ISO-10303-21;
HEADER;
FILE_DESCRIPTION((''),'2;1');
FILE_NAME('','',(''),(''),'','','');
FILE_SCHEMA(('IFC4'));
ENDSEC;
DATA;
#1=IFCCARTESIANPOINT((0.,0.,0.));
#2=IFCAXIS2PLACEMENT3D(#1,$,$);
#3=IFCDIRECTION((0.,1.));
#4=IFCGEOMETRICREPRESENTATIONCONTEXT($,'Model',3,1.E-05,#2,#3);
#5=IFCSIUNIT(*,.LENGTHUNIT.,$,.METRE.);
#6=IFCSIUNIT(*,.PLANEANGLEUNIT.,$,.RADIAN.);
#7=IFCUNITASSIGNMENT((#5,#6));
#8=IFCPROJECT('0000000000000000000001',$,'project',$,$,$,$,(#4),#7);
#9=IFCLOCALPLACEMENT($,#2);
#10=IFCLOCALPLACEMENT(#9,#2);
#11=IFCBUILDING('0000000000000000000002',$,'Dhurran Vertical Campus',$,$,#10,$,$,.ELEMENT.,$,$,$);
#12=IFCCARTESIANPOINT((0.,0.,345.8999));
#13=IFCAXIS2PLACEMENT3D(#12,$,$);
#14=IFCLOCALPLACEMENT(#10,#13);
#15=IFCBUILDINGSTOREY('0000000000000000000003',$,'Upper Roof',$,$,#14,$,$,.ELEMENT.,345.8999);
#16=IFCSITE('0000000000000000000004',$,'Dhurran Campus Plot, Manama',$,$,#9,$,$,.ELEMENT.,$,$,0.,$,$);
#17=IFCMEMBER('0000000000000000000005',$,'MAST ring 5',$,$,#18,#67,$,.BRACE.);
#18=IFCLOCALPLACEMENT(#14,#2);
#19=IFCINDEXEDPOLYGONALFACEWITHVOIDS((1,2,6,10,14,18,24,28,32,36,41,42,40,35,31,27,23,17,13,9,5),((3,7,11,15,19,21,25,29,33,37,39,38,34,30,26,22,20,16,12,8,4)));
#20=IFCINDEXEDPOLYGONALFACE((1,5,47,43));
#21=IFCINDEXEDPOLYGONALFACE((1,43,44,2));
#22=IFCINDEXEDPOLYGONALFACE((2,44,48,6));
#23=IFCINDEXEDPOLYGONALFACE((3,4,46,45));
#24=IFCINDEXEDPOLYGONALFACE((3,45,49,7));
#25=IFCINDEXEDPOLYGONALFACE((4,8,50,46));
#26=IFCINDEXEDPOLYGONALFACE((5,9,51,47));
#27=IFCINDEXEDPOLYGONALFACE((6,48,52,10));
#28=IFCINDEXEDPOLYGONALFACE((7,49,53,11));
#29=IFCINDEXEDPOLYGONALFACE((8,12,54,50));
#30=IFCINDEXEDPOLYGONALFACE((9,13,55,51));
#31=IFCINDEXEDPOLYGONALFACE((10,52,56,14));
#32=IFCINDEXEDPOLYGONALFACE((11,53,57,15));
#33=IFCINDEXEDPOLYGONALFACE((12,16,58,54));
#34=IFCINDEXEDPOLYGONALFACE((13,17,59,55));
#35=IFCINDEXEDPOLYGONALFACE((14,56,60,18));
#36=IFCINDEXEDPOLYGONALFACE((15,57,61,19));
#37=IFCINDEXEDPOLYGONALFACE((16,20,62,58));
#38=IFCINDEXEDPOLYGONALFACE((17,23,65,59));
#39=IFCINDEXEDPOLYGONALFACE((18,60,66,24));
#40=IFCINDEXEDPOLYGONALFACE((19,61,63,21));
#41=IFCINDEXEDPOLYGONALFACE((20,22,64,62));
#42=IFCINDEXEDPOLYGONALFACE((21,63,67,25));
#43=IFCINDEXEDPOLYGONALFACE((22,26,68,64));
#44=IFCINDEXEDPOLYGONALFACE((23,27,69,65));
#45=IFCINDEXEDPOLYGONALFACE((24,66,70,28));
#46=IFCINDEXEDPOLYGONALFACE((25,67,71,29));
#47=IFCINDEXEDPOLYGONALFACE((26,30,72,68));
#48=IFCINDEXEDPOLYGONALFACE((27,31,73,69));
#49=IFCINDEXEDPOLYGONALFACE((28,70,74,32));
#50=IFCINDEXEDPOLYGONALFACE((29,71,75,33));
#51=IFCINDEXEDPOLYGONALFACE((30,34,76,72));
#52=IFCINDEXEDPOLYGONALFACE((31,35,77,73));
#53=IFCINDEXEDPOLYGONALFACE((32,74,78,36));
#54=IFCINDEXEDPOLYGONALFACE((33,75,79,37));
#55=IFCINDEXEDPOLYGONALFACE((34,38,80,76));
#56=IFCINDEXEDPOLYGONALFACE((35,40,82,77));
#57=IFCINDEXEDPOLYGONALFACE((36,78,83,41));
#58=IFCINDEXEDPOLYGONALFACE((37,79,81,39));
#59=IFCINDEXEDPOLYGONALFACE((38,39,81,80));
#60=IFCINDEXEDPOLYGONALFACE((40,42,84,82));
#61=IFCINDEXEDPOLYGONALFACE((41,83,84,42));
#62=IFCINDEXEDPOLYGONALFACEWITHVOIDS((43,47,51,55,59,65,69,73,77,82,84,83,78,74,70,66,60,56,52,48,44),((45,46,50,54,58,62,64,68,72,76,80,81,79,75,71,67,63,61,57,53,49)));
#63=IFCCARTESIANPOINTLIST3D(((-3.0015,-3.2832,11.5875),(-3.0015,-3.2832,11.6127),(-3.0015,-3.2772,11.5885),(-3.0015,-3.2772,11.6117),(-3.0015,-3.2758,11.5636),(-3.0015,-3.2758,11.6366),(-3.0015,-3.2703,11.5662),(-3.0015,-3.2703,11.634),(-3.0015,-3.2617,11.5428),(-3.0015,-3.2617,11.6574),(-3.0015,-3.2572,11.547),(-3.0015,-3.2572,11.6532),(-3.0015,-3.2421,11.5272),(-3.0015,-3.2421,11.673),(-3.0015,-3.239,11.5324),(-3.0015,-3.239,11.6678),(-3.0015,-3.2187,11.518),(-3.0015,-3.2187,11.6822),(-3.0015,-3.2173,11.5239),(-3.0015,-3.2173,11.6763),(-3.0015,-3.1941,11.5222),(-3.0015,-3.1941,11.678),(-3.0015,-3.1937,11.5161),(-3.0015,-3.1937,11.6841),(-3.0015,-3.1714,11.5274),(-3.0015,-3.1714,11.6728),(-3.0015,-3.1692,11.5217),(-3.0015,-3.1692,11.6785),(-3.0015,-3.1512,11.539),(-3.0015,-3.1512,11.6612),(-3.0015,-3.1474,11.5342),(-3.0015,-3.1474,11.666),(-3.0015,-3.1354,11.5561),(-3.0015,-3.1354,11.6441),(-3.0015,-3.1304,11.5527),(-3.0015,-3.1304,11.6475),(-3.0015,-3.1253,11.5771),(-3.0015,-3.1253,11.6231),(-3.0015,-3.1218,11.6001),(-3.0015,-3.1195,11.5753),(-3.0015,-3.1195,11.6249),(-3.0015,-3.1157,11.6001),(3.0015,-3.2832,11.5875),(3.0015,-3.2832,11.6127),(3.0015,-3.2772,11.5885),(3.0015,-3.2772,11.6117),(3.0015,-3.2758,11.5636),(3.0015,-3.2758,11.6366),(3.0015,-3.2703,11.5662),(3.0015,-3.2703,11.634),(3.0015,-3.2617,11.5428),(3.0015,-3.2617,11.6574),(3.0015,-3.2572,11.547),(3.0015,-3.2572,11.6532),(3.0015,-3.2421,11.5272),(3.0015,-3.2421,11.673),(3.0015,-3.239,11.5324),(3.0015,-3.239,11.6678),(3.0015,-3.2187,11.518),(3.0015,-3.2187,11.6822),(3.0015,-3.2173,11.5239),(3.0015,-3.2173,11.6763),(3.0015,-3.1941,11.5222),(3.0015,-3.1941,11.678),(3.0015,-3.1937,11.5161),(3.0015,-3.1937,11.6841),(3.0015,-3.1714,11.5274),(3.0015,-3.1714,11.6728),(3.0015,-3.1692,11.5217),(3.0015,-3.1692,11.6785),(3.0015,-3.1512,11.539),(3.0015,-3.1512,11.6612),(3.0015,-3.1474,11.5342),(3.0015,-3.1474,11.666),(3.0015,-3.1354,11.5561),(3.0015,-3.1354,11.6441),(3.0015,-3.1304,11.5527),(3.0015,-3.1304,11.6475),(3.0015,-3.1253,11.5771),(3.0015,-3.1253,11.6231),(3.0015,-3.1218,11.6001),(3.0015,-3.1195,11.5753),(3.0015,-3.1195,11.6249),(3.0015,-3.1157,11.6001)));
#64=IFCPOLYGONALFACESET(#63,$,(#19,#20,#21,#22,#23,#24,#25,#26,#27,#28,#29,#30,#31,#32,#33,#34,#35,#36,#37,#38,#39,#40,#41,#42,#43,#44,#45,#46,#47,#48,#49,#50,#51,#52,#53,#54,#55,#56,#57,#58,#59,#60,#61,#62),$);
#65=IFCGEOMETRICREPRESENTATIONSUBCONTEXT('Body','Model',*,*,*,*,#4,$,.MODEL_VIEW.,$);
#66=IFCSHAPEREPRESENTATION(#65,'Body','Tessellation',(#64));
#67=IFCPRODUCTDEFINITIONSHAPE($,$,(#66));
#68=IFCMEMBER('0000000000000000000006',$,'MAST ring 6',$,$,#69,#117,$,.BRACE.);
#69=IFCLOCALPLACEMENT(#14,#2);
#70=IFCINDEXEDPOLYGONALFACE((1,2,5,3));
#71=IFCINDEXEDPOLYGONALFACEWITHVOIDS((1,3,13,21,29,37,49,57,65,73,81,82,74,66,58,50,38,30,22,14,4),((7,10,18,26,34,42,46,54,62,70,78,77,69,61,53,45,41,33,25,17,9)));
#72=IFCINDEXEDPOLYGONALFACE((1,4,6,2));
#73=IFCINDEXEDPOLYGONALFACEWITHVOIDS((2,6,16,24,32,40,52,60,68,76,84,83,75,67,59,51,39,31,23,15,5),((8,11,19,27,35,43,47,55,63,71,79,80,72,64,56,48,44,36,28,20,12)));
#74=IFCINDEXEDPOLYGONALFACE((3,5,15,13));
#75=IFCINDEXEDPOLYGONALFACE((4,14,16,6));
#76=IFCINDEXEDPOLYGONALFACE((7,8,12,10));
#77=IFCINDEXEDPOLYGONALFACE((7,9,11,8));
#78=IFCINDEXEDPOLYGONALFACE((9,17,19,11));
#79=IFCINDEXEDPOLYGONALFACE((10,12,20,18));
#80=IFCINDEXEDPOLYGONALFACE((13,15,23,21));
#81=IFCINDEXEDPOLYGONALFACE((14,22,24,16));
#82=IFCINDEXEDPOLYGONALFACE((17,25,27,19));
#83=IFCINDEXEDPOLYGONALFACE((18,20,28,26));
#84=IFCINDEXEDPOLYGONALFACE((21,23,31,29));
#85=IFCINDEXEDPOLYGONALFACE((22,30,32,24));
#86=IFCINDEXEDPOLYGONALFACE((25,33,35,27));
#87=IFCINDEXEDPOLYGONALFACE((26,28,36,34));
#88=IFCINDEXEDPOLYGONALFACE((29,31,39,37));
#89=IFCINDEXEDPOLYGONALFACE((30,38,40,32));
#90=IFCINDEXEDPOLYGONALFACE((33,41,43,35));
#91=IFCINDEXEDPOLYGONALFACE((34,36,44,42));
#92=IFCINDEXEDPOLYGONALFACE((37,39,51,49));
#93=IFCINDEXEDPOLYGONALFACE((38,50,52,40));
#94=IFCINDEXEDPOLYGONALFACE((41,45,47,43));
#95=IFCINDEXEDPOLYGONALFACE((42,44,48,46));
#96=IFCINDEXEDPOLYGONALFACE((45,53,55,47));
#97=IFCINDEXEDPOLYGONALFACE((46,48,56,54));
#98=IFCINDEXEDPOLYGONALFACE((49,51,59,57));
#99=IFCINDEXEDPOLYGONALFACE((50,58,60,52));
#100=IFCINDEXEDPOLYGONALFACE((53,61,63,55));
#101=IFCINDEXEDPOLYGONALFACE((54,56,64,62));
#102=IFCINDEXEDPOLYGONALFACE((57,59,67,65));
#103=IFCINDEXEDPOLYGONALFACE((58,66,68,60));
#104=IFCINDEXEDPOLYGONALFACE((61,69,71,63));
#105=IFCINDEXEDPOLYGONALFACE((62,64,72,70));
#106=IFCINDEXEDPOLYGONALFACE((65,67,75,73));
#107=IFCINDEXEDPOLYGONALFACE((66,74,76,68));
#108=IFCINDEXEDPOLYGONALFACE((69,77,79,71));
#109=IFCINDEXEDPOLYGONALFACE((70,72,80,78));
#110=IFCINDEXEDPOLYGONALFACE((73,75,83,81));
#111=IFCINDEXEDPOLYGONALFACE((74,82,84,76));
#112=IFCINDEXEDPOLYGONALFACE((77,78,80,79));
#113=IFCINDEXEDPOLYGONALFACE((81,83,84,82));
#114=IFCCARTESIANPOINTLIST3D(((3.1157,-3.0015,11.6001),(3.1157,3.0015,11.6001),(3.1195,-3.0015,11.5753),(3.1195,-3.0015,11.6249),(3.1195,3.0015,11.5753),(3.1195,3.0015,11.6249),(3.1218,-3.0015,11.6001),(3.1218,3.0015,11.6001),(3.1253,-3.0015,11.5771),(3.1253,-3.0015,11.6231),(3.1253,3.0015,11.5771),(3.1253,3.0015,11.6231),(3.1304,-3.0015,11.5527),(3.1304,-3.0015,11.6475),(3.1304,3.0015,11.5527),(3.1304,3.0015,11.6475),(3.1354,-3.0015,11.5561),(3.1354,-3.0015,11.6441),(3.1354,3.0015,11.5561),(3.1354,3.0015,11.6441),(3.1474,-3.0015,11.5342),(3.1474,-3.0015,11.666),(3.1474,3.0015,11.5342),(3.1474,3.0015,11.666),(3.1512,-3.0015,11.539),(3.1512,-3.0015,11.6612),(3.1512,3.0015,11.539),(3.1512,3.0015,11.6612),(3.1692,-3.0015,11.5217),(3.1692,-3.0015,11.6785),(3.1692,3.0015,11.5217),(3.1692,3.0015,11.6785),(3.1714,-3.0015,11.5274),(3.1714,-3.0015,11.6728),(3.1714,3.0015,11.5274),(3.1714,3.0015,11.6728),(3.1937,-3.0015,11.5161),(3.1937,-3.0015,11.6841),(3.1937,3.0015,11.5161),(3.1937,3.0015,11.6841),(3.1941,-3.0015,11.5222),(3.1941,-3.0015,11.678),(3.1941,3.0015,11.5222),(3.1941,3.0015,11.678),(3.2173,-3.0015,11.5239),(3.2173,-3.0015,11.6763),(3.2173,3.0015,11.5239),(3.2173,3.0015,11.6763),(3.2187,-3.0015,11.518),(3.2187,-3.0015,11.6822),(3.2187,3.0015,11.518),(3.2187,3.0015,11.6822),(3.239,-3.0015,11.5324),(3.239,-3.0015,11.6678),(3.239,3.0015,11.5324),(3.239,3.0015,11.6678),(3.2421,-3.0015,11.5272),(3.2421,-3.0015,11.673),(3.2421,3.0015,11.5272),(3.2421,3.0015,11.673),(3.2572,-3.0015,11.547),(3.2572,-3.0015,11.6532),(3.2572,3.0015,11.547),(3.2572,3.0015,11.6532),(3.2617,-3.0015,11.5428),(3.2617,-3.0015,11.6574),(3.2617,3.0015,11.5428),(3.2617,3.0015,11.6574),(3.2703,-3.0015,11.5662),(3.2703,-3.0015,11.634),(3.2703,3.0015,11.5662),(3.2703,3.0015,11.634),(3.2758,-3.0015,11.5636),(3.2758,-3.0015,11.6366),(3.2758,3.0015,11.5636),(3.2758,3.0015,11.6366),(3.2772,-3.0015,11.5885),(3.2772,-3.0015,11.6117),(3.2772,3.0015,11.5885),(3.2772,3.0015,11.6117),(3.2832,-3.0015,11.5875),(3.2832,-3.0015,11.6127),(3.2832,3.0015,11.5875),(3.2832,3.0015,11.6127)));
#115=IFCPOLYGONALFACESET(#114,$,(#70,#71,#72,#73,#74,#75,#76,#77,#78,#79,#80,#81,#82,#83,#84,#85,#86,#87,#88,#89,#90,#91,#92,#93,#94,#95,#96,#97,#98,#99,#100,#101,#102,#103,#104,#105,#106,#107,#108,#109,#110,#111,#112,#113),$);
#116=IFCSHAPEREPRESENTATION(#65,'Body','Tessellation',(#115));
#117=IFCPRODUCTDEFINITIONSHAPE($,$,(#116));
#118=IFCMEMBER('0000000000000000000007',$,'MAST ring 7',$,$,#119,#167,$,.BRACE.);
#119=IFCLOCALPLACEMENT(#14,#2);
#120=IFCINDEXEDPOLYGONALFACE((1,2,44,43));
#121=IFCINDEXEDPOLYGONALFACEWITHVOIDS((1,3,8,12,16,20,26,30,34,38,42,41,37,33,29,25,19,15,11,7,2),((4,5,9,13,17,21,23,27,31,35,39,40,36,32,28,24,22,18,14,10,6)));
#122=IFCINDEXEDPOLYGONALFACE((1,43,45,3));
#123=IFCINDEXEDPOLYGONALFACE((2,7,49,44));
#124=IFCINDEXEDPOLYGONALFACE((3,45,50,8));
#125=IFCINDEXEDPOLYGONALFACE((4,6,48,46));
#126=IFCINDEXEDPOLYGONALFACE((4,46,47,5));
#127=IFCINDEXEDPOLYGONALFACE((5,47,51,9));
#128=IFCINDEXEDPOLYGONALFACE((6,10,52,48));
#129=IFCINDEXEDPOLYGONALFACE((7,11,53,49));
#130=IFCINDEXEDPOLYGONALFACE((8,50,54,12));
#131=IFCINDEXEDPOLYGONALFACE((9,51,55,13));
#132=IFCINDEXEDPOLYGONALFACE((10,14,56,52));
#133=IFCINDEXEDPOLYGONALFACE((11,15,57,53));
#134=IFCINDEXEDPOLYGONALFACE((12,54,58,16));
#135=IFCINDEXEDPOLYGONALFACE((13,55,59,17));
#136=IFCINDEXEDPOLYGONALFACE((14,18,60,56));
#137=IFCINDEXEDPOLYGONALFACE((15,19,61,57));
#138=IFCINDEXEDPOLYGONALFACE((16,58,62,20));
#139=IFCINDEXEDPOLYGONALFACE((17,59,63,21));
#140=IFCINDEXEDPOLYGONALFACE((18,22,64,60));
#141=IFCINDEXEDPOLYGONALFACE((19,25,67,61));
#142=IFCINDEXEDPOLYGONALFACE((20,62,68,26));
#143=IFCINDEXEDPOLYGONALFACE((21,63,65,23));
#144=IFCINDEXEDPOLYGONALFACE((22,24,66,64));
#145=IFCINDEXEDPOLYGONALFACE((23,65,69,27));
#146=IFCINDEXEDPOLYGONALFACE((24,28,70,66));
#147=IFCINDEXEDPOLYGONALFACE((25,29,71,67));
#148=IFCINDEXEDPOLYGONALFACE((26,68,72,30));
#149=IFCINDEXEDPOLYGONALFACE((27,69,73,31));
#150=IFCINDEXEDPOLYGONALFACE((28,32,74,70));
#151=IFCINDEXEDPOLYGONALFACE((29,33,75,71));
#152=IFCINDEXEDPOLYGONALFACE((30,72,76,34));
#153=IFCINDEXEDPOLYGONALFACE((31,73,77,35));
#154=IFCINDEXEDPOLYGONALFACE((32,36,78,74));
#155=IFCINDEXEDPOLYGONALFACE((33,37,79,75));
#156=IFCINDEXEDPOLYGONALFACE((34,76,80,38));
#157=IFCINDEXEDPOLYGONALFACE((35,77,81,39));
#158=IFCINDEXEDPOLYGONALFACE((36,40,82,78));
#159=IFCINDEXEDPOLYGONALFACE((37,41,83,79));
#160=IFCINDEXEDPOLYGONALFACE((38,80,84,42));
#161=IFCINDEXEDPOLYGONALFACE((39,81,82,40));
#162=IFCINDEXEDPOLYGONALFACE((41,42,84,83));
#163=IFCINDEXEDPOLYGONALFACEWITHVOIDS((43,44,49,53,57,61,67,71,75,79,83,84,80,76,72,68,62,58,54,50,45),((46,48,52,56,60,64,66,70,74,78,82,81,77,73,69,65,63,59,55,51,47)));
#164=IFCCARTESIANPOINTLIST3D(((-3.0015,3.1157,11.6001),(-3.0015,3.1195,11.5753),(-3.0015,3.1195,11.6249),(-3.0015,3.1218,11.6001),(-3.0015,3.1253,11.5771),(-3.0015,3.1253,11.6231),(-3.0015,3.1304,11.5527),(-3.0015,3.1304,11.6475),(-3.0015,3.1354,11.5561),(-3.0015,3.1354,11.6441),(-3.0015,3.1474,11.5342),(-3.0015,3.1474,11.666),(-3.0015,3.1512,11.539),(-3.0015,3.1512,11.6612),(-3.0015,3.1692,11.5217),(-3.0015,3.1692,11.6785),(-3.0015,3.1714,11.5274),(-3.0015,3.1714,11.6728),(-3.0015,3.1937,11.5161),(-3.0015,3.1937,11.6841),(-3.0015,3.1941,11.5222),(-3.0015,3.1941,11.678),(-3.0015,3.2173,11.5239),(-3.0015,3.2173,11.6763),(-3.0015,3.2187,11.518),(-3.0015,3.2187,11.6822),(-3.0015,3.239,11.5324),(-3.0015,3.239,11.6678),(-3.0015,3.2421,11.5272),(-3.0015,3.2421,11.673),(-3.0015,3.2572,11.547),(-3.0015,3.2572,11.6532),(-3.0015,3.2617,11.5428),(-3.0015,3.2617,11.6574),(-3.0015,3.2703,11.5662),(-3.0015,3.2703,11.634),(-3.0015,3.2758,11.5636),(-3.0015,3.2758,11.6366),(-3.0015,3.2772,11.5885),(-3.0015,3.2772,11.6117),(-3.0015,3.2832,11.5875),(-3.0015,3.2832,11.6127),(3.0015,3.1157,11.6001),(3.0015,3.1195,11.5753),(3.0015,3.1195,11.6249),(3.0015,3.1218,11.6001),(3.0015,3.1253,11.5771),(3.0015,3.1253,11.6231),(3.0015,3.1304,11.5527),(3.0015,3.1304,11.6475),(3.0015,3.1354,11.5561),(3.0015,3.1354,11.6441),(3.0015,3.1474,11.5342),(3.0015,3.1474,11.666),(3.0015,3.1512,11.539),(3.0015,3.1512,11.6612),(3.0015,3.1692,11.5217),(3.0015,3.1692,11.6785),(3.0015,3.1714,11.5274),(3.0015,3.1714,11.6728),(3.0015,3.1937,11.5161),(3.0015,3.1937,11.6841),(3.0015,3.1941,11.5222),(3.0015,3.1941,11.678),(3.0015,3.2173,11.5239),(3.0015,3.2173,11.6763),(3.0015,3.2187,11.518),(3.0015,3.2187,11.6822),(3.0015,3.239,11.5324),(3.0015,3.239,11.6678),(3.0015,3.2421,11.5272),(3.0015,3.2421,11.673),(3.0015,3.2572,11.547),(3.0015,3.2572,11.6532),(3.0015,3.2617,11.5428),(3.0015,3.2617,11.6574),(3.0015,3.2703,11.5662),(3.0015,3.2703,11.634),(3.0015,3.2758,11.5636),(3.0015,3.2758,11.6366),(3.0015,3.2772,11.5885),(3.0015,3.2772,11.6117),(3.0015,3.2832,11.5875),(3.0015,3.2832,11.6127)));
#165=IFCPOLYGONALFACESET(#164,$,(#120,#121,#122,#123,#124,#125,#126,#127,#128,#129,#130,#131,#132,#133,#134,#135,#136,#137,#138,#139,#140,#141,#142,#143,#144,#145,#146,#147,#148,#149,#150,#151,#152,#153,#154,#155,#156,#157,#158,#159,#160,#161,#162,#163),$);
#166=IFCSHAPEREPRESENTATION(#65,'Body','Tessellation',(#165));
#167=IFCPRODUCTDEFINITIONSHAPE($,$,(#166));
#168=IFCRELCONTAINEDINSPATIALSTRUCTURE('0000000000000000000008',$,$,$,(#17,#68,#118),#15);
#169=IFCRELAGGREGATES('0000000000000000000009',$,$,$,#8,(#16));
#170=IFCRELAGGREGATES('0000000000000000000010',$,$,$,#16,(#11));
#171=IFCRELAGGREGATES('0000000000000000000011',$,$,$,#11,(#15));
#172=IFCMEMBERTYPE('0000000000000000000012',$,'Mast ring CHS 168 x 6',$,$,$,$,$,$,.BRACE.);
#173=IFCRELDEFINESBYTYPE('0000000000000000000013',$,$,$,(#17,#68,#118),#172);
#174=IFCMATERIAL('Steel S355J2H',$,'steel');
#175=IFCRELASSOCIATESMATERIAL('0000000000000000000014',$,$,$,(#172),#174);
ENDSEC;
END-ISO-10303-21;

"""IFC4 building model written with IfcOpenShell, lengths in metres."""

from ifc_helpers import new_model, si_unit, direction, frame, origin, origin_2d, place, context, subcontext, project, spatial, hollow_circle, extrude, material, material_profile, profile_set, type_object, element, save


model = new_model("IFC4")

# Units and contexts
model_context = context("Model", 3, precision=1e-05, world=origin(), true_north=direction((0.0, 1.0)))
body_context = subcontext(model_context, "Body", "Model", "MODEL_VIEW")
ifc_project = project(units=[si_unit("LENGTHUNIT", "METRE"), si_unit("PLANEANGLEUNIT", "RADIAN")], contexts=[model_context])

# Site, building, storey
site_placement = place(None, origin())
site = spatial("IfcSite", under=ifc_project, at=site_placement, Name="Dhurran Campus Plot, Manama", CompositionType="ELEMENT", RefElevation=0.0)
building_placement = place(site_placement, origin())
building = spatial("IfcBuilding", under=site, at=building_placement, Name="Dhurran Vertical Campus", CompositionType="ELEMENT")
storey_placement = place(building_placement, frame((0.0, 0.0, 345.8999)))
storey = spatial("IfcBuildingStorey", under=building, at=storey_placement, Name="Upper Roof", CompositionType="ELEMENT", Elevation=345.8999)

# Members
ifc_material_1 = material(Name="Steel S355J2H", Category="steel")
ifc_material_profile_1 = material_profile(ifc_material_1, hollow_circle(Radius=0.0842, WallThickness=0.0061, at=origin_2d()), Name="CHS168x6")
ifc_profile_set_1 = profile_set([ifc_material_profile_1], Name="Steel S355J2H")
member_type_1 = type_object("IfcMemberType", Name="Mast ring CHS 168 x 6", PredefinedType="BRACE", material=ifc_profile_set_1)
for number, where, z_axis, x_axis, name in (
    (1, (-3.0015, -3.2, 11.6001), (1.0, 0.0, 0.0), (0.0, 1.0, 0.0), "MAST ring 5"),
    (2, (3.2, -3.0015, 11.6001), (0.0, 1.0, 0.0), (-1.0, 0.0, 0.0), "MAST ring 6"),
    (3, (3.0015, 3.2, 11.6001), (-1.0, 0.0, 0.0), (0.0, -1.0, 0.0), "MAST ring 7"),
):
    element("IfcMember", number, at=place(storey_placement, frame(where, z_axis=z_axis, x_axis=x_axis)), inside=storey, type_object=member_type_1, Name=name, PredefinedType="BRACE", context=body_context, shape_type="SweptSolid", body=[
        extrude(hollow_circle(Radius=0.0842, WallThickness=0.0061, at=origin_2d()), origin(), (0.0, 0.0, 1.0), 6.0029),
    ])

save(model, "model.ifc")
